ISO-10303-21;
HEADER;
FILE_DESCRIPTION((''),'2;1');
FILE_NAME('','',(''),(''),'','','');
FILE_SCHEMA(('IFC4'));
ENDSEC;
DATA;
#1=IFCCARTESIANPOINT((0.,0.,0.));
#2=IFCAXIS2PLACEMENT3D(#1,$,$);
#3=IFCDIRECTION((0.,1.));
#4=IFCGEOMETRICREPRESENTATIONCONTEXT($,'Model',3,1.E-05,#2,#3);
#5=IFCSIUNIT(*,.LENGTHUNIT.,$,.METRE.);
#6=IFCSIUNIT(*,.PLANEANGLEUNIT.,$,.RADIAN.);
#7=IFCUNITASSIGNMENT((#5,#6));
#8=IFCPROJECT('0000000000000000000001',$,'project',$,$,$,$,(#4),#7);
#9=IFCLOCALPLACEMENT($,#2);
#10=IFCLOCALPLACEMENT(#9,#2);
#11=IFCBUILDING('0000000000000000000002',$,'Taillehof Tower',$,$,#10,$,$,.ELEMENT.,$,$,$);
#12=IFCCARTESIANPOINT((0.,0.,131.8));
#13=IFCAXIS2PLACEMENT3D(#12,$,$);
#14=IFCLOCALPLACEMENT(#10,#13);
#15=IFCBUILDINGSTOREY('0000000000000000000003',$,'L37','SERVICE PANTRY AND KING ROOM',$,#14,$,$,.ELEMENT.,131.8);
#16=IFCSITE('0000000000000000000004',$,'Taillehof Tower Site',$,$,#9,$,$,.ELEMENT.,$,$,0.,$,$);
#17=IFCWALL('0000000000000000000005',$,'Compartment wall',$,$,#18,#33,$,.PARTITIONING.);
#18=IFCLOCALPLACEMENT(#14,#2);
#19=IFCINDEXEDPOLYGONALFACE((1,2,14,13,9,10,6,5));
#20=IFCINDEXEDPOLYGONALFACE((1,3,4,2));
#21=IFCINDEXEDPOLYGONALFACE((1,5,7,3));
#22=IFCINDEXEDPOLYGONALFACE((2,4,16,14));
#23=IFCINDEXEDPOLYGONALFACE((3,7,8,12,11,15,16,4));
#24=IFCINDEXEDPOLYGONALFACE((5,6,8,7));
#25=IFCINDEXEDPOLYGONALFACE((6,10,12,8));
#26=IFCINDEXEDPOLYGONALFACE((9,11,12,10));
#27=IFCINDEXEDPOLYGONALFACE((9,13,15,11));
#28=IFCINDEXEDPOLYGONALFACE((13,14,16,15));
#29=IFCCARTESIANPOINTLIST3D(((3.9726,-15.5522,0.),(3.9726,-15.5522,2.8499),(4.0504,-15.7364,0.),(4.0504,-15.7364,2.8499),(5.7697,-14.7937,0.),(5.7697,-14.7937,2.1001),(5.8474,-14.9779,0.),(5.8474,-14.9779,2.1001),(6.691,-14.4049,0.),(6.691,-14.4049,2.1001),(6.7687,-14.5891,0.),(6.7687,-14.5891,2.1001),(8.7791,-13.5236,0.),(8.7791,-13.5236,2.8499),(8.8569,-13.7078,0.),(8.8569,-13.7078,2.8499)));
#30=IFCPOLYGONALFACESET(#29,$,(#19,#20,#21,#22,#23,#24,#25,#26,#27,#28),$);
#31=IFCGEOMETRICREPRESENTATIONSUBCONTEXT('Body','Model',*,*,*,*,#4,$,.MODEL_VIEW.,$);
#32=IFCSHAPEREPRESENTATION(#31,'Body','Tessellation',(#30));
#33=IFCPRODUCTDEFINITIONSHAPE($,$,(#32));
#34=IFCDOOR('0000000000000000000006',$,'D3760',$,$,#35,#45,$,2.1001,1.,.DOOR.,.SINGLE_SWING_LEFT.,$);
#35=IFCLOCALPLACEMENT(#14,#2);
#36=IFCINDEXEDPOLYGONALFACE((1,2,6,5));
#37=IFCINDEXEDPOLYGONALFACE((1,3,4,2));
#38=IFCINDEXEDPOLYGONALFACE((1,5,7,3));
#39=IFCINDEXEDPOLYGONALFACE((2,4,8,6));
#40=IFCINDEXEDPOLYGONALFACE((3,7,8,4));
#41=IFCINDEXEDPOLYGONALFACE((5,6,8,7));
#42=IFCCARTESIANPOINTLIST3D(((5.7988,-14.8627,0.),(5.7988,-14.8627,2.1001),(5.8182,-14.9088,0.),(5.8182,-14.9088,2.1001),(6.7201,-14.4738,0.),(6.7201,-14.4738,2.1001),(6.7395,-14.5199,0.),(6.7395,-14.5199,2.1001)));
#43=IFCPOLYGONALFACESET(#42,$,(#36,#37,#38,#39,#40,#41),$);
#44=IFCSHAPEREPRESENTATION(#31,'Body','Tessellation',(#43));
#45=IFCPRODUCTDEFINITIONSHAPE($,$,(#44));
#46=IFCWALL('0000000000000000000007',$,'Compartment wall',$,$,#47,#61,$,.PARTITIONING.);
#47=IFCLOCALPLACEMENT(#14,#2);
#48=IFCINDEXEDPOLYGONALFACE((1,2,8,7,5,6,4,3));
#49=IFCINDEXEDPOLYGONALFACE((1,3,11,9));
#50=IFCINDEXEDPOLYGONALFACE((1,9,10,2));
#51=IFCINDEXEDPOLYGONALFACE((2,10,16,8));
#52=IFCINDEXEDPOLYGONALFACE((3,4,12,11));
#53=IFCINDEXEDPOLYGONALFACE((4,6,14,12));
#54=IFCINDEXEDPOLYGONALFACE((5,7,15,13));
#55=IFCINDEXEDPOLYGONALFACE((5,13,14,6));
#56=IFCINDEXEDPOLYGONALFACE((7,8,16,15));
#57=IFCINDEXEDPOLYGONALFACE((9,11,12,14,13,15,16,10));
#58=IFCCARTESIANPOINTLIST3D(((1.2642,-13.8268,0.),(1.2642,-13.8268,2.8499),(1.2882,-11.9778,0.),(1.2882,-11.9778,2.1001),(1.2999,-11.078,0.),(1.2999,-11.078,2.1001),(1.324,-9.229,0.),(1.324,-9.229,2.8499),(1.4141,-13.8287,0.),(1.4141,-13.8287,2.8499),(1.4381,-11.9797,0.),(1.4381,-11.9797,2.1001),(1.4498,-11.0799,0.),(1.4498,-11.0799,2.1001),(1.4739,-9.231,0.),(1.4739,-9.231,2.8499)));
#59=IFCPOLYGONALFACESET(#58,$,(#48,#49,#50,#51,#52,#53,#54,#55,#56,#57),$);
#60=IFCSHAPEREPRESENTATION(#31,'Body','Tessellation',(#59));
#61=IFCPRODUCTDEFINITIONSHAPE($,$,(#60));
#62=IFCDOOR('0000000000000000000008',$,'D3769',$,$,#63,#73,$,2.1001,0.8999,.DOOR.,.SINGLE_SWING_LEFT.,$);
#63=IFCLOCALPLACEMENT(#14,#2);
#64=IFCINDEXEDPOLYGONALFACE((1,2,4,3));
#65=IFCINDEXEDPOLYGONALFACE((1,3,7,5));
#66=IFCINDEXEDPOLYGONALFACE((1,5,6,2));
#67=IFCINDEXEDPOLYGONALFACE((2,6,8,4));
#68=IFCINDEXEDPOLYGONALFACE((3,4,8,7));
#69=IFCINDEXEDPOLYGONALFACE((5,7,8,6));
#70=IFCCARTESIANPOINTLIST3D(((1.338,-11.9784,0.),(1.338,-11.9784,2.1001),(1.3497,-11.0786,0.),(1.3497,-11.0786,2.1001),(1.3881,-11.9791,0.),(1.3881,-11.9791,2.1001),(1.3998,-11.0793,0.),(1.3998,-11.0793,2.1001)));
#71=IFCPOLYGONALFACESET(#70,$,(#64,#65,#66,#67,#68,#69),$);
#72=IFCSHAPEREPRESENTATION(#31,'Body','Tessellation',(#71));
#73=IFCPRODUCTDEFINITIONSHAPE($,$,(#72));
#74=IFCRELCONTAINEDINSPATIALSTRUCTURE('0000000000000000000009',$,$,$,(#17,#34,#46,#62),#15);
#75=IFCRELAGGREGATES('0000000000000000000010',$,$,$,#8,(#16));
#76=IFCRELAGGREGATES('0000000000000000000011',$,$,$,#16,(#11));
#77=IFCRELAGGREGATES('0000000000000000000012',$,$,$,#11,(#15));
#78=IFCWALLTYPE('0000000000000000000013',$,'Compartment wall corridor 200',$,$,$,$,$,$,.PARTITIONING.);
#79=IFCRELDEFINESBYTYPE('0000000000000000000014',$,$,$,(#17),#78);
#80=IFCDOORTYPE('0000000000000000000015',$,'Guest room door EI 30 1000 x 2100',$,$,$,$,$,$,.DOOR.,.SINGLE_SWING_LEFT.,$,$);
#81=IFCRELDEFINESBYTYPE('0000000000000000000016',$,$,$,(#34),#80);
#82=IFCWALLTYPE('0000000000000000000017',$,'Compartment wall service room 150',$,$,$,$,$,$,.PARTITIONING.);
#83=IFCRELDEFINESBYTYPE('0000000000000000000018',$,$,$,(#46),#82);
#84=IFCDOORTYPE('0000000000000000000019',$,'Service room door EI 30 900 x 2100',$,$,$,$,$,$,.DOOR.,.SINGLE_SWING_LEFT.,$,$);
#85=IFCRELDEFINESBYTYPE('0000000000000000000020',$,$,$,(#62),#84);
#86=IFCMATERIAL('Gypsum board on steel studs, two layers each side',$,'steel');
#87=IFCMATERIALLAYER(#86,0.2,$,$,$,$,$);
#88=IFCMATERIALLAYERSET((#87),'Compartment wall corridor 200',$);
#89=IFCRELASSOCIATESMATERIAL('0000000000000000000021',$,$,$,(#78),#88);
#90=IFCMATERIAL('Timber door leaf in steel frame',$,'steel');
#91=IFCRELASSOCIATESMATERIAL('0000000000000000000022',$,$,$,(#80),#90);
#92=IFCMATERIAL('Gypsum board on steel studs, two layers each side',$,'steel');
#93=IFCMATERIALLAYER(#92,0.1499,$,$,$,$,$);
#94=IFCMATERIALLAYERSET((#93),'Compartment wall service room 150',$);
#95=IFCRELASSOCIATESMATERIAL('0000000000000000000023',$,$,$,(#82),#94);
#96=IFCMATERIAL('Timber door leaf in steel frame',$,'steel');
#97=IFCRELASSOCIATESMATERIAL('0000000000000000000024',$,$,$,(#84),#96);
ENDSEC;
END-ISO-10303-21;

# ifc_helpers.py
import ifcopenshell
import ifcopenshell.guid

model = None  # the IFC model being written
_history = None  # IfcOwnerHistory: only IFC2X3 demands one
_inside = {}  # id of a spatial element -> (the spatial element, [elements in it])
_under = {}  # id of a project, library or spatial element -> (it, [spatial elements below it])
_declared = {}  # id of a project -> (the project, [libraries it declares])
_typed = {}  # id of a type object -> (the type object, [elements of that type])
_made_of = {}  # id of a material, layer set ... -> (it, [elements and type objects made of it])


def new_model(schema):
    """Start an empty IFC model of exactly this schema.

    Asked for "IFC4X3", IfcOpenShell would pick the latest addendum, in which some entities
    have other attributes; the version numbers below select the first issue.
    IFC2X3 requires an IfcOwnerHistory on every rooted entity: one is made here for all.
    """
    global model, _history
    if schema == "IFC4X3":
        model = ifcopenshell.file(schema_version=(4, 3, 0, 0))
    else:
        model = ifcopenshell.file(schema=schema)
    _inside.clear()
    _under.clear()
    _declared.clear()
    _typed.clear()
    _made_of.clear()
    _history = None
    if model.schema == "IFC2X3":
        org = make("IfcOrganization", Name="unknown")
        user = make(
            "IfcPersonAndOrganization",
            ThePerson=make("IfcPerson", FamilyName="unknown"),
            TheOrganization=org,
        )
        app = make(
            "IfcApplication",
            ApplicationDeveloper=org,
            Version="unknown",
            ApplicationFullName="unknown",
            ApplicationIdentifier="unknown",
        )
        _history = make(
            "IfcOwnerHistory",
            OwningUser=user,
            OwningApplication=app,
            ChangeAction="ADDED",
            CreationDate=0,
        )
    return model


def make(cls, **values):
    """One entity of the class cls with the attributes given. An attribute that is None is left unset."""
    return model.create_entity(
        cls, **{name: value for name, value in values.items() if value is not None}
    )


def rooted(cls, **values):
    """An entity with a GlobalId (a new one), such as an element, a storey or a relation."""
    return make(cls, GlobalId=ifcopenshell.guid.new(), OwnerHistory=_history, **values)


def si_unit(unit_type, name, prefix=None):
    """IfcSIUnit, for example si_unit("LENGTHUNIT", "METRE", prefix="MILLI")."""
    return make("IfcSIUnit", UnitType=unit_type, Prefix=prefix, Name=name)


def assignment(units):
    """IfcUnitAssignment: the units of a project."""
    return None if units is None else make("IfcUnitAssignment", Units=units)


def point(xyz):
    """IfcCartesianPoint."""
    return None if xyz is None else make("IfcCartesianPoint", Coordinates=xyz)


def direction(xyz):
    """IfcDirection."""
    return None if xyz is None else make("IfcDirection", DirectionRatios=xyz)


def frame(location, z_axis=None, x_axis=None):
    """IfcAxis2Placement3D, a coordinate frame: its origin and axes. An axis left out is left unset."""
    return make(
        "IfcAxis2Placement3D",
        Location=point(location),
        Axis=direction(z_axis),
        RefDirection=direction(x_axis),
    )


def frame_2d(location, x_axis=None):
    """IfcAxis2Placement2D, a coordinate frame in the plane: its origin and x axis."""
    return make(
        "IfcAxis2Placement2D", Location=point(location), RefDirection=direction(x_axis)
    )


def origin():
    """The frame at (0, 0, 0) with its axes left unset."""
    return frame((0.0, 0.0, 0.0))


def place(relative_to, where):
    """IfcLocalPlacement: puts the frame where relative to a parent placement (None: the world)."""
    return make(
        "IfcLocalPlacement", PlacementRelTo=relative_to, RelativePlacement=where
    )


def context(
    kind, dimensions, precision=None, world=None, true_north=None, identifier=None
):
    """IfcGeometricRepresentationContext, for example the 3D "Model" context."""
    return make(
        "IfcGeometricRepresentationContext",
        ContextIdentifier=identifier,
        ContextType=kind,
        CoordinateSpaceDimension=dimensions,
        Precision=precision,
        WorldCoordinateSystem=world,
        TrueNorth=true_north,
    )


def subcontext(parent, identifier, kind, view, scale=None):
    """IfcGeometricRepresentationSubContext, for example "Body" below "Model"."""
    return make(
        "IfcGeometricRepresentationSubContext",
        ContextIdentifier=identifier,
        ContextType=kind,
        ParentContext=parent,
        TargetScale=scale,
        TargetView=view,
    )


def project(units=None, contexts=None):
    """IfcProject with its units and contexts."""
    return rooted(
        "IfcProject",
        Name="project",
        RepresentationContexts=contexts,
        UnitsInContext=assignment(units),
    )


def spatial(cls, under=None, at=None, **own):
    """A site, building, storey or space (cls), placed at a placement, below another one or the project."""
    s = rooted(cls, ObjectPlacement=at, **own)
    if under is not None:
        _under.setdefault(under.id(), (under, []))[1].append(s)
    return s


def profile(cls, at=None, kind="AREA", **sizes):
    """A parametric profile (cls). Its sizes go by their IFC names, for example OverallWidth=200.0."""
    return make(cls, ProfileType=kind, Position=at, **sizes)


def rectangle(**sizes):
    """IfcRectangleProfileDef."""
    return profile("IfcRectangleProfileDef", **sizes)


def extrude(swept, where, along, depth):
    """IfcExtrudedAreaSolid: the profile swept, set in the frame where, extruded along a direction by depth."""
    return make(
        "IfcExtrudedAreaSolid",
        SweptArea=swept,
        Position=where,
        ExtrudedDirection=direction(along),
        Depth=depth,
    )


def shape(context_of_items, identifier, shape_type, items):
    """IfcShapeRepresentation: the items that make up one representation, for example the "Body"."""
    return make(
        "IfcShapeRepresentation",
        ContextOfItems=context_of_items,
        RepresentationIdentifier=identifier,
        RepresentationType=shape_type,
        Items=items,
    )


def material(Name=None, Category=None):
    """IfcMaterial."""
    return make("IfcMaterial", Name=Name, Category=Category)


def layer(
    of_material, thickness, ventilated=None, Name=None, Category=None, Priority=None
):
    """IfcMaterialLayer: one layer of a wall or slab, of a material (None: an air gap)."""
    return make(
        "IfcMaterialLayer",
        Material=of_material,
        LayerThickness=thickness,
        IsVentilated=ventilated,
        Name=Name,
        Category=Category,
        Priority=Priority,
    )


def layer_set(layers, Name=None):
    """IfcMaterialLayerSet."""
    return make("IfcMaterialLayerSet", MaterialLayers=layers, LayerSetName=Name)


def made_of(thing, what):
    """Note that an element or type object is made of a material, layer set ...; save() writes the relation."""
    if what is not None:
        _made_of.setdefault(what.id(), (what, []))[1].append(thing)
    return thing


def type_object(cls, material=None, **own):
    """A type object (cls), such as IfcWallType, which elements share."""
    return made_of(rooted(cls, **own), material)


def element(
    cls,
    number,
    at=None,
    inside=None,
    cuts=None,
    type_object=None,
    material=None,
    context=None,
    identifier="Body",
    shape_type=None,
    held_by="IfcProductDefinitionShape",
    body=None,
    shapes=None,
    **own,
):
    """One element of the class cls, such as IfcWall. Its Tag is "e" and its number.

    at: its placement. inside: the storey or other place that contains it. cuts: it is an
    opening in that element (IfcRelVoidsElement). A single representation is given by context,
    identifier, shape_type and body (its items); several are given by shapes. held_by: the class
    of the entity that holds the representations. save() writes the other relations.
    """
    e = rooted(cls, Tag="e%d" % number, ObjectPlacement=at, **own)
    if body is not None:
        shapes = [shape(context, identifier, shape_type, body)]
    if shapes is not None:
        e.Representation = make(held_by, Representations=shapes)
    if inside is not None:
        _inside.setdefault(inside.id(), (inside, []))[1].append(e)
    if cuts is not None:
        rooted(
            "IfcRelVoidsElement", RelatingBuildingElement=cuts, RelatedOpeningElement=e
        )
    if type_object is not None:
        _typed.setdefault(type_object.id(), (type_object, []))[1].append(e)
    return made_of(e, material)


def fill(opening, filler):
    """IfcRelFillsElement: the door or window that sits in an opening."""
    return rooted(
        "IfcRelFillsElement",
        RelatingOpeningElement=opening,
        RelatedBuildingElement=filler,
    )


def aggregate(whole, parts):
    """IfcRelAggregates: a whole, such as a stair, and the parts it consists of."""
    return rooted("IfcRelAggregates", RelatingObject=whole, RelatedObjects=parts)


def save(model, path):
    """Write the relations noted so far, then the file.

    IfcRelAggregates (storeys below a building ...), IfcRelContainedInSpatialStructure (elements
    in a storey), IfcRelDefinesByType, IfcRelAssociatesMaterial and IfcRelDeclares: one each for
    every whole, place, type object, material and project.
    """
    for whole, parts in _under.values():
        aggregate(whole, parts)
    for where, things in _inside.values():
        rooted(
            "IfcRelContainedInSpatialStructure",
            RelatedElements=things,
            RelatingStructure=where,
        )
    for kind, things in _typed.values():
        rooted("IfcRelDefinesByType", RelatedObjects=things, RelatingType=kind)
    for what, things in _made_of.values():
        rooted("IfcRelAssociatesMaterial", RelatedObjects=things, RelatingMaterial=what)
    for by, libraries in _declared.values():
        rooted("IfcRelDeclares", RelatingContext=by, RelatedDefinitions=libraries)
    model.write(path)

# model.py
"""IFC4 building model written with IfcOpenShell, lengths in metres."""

from ifc_helpers import new_model, si_unit, direction, frame, frame_2d, origin, place, context, subcontext, project, spatial, rectangle, extrude, material, layer, layer_set, type_object, element, fill, save


model = new_model("IFC4")

# Units and contexts
model_context = context("Model", 3, precision=1e-05, world=origin(), true_north=direction((0.0, 1.0)))
body_context = subcontext(model_context, "Body", "Model", "MODEL_VIEW")
ifc_project = project(units=[si_unit("LENGTHUNIT", "METRE"), si_unit("PLANEANGLEUNIT", "RADIAN")], contexts=[model_context])

# Site, building, storey
site_placement = place(None, origin())
site = spatial("IfcSite", under=ifc_project, at=site_placement, Name="Taillehof Tower Site", CompositionType="ELEMENT", RefElevation=0.0)
building_placement = place(site_placement, origin())
building = spatial("IfcBuilding", under=site, at=building_placement, Name="Taillehof Tower", CompositionType="ELEMENT")
storey_placement = place(building_placement, frame((0.0, 0.0, 131.8)))
storey = spatial("IfcBuildingStorey", under=building, at=storey_placement, Name="L37", Description="SERVICE PANTRY AND KING ROOM", CompositionType="ELEMENT", Elevation=131.8)

# Walls, openings, doors
ifc_material_1 = material(Name="Gypsum board on steel studs, two layers each side", Category="steel")
ifc_layer_1 = layer(ifc_material_1, 0.2)
ifc_layer_set_1 = layer_set([ifc_layer_1], Name="Compartment wall corridor 200")
wall_type_1 = type_object("IfcWallType", Name="Compartment wall corridor 200", PredefinedType="PARTITIONING", material=ifc_layer_set_1)
wall_1_placement = place(storey_placement, frame((8.8179, -13.6157, 0.0), z_axis=(0.0, 0.0, 1.0), x_axis=(-0.921305, -0.388841, 0.0)))
wall_1 = element("IfcWall", 1, at=wall_1_placement, inside=storey, type_object=wall_type_1, Name="Compartment wall", PredefinedType="PARTITIONING", context=body_context, shape_type="SweptSolid", body=[
    extrude(rectangle(XDim=5.217, YDim=0.2, at=frame_2d((2.6084, 0.0))), origin(), (0.0, 0.0, 1.0), 2.8499),
])
opening_1_placement = place(wall_1_placement, frame((2.2664, 0.0, 0.0)))
opening_1 = element("IfcOpeningElement", 2, at=opening_1_placement, cuts=wall_1, PredefinedType="OPENING", context=body_context, shape_type="SweptSolid", body=[
    extrude(rectangle(XDim=1.0, YDim=2.1001, at=frame_2d((0.5, 1.05))), frame((0.0, 0.1099, 0.0), z_axis=(0.0, -1.0, 0.0), x_axis=(1.0, 0.0, 0.0)), (0.0, 0.0, 1.0), 0.22),
])
ifc_material_2 = material(Name="Timber door leaf in steel frame", Category="steel")
door_type_1 = type_object("IfcDoorType", Name="Guest room door EI 30 1000 x 2100", OperationType="SINGLE_SWING_LEFT", PredefinedType="DOOR", material=ifc_material_2)
door_1_placement = place(opening_1_placement, origin())
door_1 = element("IfcDoor", 3, at=door_1_placement, inside=storey, type_object=door_type_1, Name="D3760", OperationType="SINGLE_SWING_LEFT", OverallHeight=2.1001, OverallWidth=1.0, PredefinedType="DOOR", context=body_context, shape_type="SweptSolid", body=[
    extrude(rectangle(XDim=1.0, YDim=2.1001, at=frame_2d((0.5, 1.05))), frame((0.0, 0.0249, 0.0), z_axis=(0.0, -1.0, 0.0), x_axis=(1.0, 0.0, 0.0)), (0.0, 0.0, 1.0), 0.05),
])
fill(opening_1, door_1)
ifc_material_3 = material(Name="Gypsum board on steel studs, two layers each side", Category="steel")
ifc_layer_2 = layer(ifc_material_3, 0.1499)
ifc_layer_set_2 = layer_set([ifc_layer_2], Name="Compartment wall service room 150")
wall_type_2 = type_object("IfcWallType", Name="Compartment wall service room 150", PredefinedType="PARTITIONING", material=ifc_layer_set_2)
wall_2_placement = place(storey_placement, frame((1.3989, -9.23, 0.0), z_axis=(0.0, 0.0, 1.0), x_axis=(-0.013009, -0.999915, 0.0)))
wall_2 = element("IfcWall", 4, at=wall_2_placement, inside=storey, type_object=wall_type_2, Name="Compartment wall", PredefinedType="PARTITIONING", context=body_context, shape_type="SweptSolid", body=[
    extrude(rectangle(XDim=4.5981, YDim=0.1499, at=frame_2d((2.2991, 0.0))), origin(), (0.0, 0.0, 1.0), 2.8499),
])
opening_2_placement = place(wall_2_placement, frame((1.8491, 0.0, 0.0)))
opening_2 = element("IfcOpeningElement", 5, at=opening_2_placement, cuts=wall_2, PredefinedType="OPENING", context=body_context, shape_type="SweptSolid", body=[
    extrude(rectangle(XDim=0.8999, YDim=2.1001, at=frame_2d((0.45, 1.05))), frame((0.0, 0.085, 0.0), z_axis=(0.0, -1.0, 0.0), x_axis=(1.0, 0.0, 0.0)), (0.0, 0.0, 1.0), 0.1699),
])
ifc_material_4 = material(Name="Timber door leaf in steel frame", Category="steel")
door_type_2 = type_object("IfcDoorType", Name="Service room door EI 30 900 x 2100", OperationType="SINGLE_SWING_LEFT", PredefinedType="DOOR", material=ifc_material_4)
door_2_placement = place(opening_2_placement, origin())
door_2 = element("IfcDoor", 6, at=door_2_placement, inside=storey, type_object=door_type_2, Name="D3769", OperationType="SINGLE_SWING_LEFT", OverallHeight=2.1001, OverallWidth=0.8999, PredefinedType="DOOR", context=body_context, shape_type="SweptSolid", body=[
    extrude(rectangle(XDim=0.8999, YDim=2.1001, at=frame_2d((0.45, 1.05))), frame((0.0, 0.0249, 0.0), z_axis=(0.0, -1.0, 0.0), x_axis=(1.0, 0.0, 0.0)), (0.0, 0.0, 1.0), 0.05),
])
fill(opening_2, door_2)

save(model, "model.ifc")
